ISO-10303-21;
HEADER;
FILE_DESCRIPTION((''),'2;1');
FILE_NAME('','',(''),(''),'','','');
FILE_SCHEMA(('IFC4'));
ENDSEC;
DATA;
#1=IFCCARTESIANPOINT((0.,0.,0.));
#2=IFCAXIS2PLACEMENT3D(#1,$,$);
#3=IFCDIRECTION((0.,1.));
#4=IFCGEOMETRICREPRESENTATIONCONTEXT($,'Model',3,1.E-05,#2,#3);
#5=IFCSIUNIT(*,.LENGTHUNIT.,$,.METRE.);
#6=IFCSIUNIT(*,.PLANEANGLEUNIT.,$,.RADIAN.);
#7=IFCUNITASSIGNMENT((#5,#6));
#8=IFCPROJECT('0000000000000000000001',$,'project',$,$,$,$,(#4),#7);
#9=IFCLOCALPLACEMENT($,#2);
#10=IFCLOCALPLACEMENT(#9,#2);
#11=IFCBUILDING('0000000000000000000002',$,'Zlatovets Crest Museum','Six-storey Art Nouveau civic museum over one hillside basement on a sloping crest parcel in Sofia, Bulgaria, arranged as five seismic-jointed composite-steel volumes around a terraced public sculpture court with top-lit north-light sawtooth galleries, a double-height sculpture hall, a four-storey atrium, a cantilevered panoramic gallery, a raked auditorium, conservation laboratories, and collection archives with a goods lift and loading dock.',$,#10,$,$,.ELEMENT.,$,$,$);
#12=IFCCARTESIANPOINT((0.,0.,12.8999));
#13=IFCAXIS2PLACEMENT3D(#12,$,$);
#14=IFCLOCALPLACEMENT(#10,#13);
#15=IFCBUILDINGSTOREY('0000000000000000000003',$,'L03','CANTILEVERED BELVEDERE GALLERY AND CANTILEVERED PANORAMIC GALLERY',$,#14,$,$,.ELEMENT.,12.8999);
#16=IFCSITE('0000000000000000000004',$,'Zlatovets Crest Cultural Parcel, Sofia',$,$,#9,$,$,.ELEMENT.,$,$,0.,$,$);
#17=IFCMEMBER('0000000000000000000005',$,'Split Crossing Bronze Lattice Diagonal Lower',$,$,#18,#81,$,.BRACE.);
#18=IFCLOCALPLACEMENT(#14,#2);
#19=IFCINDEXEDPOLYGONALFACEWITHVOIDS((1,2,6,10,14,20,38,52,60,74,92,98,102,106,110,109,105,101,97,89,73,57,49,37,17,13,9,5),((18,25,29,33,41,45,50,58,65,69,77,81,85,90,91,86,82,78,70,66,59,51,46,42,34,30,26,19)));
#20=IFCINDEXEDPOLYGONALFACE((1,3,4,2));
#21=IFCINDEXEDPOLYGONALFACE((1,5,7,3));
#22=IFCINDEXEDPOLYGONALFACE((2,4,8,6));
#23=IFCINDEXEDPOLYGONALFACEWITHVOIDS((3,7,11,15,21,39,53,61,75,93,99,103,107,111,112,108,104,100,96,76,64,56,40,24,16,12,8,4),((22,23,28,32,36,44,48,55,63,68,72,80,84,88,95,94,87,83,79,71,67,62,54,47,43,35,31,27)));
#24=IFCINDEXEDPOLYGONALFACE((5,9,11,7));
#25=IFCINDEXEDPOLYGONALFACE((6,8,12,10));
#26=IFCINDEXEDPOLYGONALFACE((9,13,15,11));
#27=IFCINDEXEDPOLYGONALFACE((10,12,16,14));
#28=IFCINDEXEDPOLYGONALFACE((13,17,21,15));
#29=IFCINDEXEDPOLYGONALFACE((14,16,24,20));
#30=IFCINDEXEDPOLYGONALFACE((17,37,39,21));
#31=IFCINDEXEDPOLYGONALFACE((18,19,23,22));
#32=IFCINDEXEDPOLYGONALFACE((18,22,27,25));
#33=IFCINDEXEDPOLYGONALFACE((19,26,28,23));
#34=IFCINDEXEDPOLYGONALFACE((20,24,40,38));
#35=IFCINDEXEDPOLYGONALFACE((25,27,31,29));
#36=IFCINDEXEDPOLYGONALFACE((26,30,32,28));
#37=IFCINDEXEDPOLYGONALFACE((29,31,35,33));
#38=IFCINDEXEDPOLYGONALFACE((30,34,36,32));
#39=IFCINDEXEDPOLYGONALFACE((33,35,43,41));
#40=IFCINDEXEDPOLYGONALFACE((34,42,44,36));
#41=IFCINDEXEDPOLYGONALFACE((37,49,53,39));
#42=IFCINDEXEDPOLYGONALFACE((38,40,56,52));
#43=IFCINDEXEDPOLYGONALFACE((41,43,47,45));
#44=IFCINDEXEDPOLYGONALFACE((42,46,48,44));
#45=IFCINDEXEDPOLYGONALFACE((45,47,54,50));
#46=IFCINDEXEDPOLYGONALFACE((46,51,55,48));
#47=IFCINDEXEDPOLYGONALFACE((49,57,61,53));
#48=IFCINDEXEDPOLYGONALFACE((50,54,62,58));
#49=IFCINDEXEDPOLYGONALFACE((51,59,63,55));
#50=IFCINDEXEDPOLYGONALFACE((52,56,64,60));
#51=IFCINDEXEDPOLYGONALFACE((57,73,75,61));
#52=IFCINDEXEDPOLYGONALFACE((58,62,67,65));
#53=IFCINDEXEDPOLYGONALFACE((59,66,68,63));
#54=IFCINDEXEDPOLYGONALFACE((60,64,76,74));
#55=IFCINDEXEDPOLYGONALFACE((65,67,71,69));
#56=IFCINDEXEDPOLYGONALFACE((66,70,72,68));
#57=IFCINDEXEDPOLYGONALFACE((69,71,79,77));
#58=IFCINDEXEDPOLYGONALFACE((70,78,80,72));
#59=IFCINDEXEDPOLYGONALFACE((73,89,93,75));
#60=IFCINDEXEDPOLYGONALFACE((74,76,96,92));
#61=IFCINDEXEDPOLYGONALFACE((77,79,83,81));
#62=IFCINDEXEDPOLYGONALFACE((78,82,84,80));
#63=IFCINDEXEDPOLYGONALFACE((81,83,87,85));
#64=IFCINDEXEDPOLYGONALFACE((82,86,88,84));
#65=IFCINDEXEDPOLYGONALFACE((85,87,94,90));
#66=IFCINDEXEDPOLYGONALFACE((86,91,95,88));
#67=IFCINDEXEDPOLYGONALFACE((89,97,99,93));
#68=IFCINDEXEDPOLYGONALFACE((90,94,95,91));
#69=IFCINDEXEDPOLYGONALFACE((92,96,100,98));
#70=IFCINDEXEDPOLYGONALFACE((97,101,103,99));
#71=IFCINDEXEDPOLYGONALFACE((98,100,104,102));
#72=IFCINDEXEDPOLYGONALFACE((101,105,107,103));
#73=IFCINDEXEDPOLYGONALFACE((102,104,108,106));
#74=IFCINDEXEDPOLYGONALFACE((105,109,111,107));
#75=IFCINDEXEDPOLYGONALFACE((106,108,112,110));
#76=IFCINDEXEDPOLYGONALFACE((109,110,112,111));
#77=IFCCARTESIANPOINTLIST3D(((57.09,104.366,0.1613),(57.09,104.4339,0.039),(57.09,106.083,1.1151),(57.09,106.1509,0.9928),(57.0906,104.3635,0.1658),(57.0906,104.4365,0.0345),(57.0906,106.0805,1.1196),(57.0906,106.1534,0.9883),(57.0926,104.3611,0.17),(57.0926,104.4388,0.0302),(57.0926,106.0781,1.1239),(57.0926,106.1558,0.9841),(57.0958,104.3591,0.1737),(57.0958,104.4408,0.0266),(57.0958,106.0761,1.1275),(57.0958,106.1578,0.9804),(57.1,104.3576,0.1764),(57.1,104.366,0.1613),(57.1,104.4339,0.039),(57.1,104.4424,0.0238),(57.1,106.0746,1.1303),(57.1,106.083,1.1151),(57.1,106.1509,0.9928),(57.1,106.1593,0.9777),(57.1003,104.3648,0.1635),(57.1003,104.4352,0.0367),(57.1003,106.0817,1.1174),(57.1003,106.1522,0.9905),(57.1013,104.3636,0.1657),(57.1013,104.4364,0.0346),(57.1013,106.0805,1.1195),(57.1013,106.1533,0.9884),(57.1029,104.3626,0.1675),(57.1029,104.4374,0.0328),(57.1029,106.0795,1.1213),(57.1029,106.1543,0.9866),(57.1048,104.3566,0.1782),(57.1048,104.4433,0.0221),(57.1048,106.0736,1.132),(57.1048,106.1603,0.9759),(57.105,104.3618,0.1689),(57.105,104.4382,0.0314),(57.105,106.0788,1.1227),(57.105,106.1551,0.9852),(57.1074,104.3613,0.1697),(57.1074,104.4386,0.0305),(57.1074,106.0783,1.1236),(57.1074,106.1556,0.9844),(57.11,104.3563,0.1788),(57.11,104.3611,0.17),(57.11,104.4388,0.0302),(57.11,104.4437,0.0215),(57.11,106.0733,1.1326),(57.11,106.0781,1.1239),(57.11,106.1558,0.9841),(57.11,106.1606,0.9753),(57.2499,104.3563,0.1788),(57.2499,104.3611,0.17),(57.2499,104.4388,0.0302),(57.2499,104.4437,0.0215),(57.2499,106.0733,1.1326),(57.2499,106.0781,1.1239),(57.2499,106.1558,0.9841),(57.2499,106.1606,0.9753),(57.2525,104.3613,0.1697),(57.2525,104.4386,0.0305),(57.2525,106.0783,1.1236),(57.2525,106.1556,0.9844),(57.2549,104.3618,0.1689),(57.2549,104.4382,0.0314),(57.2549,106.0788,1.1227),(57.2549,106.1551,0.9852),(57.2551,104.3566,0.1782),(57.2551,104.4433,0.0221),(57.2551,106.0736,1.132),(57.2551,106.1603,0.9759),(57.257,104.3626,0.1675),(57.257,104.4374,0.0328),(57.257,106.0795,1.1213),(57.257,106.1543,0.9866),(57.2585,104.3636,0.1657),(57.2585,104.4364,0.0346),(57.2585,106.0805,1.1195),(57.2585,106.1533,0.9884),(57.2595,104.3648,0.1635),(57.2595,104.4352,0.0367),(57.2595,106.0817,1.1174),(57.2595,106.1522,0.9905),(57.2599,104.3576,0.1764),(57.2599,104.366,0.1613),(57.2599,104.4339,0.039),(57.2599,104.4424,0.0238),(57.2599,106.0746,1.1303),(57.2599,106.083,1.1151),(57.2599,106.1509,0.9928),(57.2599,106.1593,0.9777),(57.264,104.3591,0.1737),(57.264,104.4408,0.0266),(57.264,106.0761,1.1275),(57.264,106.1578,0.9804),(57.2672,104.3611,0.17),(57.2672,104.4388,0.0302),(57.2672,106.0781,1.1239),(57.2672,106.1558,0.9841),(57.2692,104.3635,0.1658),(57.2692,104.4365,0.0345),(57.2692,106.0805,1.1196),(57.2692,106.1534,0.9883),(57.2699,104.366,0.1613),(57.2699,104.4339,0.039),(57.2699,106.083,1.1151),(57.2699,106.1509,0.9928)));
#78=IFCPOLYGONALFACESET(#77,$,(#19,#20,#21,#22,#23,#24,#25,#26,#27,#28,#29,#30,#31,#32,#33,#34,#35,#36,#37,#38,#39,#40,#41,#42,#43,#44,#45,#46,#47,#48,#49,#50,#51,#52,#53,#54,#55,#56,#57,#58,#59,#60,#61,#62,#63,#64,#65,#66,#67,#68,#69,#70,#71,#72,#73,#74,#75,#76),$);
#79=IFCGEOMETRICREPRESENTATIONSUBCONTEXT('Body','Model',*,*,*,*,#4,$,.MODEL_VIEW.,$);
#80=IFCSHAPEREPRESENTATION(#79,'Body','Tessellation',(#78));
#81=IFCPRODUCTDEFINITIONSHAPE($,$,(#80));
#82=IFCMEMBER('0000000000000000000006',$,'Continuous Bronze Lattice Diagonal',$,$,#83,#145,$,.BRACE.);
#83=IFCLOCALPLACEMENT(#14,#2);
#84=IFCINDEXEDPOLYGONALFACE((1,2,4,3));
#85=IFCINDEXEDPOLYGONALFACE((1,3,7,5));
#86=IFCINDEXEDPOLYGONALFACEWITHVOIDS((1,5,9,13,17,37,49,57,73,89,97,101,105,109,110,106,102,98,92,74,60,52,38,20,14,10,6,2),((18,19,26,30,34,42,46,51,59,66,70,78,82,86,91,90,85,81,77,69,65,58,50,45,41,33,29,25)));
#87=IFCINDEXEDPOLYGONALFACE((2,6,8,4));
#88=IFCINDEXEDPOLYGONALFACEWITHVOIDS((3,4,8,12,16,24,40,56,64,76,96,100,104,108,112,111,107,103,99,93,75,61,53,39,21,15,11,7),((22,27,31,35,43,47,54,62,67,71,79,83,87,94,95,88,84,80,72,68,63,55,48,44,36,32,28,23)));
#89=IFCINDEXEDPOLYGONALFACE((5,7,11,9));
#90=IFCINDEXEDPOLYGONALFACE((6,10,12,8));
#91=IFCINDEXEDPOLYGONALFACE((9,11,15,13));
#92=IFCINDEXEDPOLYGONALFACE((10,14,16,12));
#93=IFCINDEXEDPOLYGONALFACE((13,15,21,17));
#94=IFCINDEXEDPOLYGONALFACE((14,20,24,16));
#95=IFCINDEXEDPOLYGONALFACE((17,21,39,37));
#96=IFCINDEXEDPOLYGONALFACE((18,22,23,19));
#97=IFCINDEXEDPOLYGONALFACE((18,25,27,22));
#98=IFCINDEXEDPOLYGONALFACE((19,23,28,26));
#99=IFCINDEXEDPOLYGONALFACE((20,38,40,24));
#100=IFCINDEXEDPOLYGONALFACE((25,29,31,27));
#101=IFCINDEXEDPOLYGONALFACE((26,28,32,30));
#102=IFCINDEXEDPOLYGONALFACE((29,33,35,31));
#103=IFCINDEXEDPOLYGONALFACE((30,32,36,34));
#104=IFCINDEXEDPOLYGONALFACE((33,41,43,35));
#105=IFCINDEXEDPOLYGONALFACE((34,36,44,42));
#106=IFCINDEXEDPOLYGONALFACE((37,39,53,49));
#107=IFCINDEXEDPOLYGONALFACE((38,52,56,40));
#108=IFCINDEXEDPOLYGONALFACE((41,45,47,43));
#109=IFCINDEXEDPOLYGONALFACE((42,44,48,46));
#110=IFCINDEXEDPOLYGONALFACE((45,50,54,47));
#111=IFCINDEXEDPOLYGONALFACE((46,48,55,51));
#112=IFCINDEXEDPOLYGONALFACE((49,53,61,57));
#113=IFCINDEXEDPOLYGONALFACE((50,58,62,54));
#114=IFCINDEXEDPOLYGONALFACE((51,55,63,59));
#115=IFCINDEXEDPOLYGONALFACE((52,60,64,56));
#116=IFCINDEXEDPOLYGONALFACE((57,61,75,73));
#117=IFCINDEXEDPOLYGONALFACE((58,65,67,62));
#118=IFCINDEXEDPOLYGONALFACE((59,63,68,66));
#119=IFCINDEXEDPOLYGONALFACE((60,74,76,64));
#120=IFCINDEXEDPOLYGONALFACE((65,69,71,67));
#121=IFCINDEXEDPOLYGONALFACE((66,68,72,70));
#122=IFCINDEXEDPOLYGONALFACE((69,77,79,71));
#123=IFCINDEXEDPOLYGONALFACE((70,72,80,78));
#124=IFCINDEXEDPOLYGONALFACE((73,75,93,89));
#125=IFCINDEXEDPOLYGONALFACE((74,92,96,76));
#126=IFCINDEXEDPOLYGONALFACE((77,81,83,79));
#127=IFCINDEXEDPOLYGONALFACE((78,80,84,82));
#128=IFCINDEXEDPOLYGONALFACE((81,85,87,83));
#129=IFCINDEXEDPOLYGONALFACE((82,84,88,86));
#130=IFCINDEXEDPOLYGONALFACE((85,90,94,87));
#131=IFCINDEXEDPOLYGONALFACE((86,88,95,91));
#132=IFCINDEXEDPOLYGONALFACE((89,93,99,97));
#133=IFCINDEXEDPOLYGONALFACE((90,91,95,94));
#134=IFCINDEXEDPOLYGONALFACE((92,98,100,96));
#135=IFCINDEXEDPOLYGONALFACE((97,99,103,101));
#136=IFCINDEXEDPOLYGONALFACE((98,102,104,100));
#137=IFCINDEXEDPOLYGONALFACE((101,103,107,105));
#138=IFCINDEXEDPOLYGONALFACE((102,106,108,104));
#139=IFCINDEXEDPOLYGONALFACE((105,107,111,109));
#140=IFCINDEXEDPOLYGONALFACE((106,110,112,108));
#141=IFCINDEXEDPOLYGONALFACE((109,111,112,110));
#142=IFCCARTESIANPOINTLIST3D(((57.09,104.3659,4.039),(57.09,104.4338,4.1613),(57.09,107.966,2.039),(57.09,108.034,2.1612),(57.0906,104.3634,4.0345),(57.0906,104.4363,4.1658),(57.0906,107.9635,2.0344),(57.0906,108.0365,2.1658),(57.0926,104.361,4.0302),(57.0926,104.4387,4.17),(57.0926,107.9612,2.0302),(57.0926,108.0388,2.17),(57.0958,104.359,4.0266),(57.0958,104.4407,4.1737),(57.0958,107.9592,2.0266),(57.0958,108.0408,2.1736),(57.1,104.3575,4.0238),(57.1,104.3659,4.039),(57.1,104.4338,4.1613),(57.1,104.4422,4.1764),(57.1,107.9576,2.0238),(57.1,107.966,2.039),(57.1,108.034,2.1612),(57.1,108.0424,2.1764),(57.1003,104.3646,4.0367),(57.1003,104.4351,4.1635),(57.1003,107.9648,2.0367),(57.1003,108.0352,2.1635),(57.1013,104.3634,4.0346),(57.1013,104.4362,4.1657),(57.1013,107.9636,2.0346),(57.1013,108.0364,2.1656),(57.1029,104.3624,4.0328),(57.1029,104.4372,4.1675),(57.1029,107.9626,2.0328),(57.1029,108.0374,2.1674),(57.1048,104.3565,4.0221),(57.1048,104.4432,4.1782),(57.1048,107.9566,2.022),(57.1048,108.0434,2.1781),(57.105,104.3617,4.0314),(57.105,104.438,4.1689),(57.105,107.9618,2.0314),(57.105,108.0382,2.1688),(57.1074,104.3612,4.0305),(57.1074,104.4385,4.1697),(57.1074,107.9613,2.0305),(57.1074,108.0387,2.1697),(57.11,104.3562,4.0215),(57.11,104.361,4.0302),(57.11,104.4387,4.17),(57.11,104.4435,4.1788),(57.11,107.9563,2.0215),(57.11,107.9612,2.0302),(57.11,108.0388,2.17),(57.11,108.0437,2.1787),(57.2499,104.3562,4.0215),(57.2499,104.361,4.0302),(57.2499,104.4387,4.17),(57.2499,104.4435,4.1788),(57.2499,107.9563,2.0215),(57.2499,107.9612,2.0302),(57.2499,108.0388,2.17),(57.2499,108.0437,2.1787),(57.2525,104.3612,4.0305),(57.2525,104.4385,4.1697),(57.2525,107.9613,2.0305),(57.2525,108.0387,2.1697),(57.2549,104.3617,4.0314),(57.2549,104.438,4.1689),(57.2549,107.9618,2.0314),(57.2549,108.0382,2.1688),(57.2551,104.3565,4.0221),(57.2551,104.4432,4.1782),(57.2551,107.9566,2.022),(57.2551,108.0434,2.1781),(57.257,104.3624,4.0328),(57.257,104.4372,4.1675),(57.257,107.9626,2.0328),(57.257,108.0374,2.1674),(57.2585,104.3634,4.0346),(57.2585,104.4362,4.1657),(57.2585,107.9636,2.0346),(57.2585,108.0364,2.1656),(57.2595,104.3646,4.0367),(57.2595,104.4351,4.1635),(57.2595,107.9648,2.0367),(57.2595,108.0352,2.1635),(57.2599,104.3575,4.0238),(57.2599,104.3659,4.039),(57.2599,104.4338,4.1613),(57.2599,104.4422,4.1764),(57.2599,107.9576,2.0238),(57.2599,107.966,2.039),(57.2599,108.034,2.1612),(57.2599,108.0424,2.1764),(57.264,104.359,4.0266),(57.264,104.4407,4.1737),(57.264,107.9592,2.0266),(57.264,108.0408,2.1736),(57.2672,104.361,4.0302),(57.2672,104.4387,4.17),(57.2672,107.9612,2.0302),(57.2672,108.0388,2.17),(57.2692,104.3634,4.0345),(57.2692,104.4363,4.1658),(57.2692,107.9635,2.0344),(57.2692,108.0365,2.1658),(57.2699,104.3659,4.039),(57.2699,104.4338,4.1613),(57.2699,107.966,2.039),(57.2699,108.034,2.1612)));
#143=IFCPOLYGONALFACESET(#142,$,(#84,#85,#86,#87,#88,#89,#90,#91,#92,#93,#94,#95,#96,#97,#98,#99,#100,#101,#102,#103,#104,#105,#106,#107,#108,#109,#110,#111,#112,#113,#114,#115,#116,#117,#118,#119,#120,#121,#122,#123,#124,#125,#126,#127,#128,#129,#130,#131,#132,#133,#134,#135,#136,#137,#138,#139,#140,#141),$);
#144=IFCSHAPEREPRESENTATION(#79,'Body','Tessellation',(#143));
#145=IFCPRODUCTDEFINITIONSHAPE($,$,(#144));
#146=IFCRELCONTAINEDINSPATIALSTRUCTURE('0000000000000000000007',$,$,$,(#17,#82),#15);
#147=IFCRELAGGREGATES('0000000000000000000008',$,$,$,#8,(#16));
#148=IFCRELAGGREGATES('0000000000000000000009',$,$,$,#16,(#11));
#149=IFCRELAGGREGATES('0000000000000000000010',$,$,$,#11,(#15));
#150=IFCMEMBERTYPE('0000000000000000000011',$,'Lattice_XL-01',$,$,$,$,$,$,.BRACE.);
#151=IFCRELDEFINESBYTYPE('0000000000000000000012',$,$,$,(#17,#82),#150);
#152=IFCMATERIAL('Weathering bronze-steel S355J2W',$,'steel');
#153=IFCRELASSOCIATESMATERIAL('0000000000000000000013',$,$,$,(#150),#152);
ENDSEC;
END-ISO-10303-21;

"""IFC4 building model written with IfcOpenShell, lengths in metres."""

from ifc_helpers import new_model, si_unit, direction, frame, origin, origin_2d, place, context, subcontext, project, spatial, hollow_rectangle, extrude, material, material_profile, profile_set, type_object, element, save


model = new_model("IFC4")

# Units and contexts
model_context = context("Model", 3, precision=1e-05, world=origin(), true_north=direction((0.0, 1.0)))
body_context = subcontext(model_context, "Body", "Model", "MODEL_VIEW")
ifc_project = project(units=[si_unit("LENGTHUNIT", "METRE"), si_unit("PLANEANGLEUNIT", "RADIAN")], contexts=[model_context])

# Site, building, storey
site_placement = place(None, origin())
site = spatial("IfcSite", under=ifc_project, at=site_placement, Name="Zlatovets Crest Cultural Parcel, Sofia", CompositionType="ELEMENT", RefElevation=0.0)
building_placement = place(site_placement, origin())
building = spatial("IfcBuilding", under=site, at=building_placement, Name="Zlatovets Crest Museum", Description="Six-storey Art Nouveau civic museum over one hillside basement on a sloping crest parcel in Sofia, Bulgaria, arranged as five seismic-jointed composite-steel volumes around a terraced public sculpture court with top-lit north-light sawtooth galleries, a double-height sculpture hall, a four-storey atrium, a cantilevered panoramic gallery, a raked auditorium, conservation laboratories, and collection archives with a goods lift and loading dock.", CompositionType="ELEMENT")
storey_placement = place(building_placement, frame((0.0, 0.0, 12.8999)))
storey = spatial("IfcBuildingStorey", under=building, at=storey_placement, Name="L03", Description="CANTILEVERED BELVEDERE GALLERY AND CANTILEVERED PANORAMIC GALLERY", CompositionType="ELEMENT", Elevation=12.8999)

# Members
ifc_material_1 = material(Name="Weathering bronze-steel S355J2W", Category="steel")
ifc_material_profile_1 = material_profile(ifc_material_1, hollow_rectangle(XDim=0.1799, YDim=0.1799, WallThickness=0.01, InnerFilletRadius=0.01, OuterFilletRadius=0.02, at=origin_2d()), Name="SHS 180x180x10.0")
ifc_profile_set_1 = profile_set([ifc_material_profile_1], Name="Weathering bronze-steel S355J2W")
member_type_1 = type_object("IfcMemberType", Name="Lattice_XL-01", PredefinedType="BRACE", material=ifc_profile_set_1)
for number, where, z_axis, x_axis, name in (
    (1, (57.1799, 106.1169, 1.054), (0.0, -0.874169, -0.485622), (1.0, 0.0, 0.0), "Split Crossing Bronze Lattice Diagonal Lower"),
):
    element("IfcMember", number, at=place(storey_placement, frame(where, z_axis=z_axis, x_axis=x_axis)), inside=storey, type_object=member_type_1, Name=name, PredefinedType="BRACE", context=body_context, shape_type="SweptSolid", body=[
        extrude(hollow_rectangle(XDim=0.1799, YDim=0.1799, WallThickness=0.01, InnerFilletRadius=0.01, OuterFilletRadius=0.02, at=origin_2d()), origin(), (0.0, 0.0, 1.0), 1.9641),
    ])
member_1_placement = place(storey_placement, frame((57.1799, 108.0, 2.1001), z_axis=(0.0, -0.874163, 0.485633), x_axis=(1.0, 0.0, 0.0)))
element("IfcMember", 2, at=member_1_placement, inside=storey, type_object=member_type_1, Name="Continuous Bronze Lattice Diagonal", PredefinedType="BRACE", context=body_context, shape_type="SweptSolid", body=[
    extrude(hollow_rectangle(XDim=0.1799, YDim=0.1799, WallThickness=0.01, InnerFilletRadius=0.01, OuterFilletRadius=0.02, at=origin_2d()), origin(), (0.0, 0.0, 1.0), 4.1184),
])

save(model, "model.ifc")
